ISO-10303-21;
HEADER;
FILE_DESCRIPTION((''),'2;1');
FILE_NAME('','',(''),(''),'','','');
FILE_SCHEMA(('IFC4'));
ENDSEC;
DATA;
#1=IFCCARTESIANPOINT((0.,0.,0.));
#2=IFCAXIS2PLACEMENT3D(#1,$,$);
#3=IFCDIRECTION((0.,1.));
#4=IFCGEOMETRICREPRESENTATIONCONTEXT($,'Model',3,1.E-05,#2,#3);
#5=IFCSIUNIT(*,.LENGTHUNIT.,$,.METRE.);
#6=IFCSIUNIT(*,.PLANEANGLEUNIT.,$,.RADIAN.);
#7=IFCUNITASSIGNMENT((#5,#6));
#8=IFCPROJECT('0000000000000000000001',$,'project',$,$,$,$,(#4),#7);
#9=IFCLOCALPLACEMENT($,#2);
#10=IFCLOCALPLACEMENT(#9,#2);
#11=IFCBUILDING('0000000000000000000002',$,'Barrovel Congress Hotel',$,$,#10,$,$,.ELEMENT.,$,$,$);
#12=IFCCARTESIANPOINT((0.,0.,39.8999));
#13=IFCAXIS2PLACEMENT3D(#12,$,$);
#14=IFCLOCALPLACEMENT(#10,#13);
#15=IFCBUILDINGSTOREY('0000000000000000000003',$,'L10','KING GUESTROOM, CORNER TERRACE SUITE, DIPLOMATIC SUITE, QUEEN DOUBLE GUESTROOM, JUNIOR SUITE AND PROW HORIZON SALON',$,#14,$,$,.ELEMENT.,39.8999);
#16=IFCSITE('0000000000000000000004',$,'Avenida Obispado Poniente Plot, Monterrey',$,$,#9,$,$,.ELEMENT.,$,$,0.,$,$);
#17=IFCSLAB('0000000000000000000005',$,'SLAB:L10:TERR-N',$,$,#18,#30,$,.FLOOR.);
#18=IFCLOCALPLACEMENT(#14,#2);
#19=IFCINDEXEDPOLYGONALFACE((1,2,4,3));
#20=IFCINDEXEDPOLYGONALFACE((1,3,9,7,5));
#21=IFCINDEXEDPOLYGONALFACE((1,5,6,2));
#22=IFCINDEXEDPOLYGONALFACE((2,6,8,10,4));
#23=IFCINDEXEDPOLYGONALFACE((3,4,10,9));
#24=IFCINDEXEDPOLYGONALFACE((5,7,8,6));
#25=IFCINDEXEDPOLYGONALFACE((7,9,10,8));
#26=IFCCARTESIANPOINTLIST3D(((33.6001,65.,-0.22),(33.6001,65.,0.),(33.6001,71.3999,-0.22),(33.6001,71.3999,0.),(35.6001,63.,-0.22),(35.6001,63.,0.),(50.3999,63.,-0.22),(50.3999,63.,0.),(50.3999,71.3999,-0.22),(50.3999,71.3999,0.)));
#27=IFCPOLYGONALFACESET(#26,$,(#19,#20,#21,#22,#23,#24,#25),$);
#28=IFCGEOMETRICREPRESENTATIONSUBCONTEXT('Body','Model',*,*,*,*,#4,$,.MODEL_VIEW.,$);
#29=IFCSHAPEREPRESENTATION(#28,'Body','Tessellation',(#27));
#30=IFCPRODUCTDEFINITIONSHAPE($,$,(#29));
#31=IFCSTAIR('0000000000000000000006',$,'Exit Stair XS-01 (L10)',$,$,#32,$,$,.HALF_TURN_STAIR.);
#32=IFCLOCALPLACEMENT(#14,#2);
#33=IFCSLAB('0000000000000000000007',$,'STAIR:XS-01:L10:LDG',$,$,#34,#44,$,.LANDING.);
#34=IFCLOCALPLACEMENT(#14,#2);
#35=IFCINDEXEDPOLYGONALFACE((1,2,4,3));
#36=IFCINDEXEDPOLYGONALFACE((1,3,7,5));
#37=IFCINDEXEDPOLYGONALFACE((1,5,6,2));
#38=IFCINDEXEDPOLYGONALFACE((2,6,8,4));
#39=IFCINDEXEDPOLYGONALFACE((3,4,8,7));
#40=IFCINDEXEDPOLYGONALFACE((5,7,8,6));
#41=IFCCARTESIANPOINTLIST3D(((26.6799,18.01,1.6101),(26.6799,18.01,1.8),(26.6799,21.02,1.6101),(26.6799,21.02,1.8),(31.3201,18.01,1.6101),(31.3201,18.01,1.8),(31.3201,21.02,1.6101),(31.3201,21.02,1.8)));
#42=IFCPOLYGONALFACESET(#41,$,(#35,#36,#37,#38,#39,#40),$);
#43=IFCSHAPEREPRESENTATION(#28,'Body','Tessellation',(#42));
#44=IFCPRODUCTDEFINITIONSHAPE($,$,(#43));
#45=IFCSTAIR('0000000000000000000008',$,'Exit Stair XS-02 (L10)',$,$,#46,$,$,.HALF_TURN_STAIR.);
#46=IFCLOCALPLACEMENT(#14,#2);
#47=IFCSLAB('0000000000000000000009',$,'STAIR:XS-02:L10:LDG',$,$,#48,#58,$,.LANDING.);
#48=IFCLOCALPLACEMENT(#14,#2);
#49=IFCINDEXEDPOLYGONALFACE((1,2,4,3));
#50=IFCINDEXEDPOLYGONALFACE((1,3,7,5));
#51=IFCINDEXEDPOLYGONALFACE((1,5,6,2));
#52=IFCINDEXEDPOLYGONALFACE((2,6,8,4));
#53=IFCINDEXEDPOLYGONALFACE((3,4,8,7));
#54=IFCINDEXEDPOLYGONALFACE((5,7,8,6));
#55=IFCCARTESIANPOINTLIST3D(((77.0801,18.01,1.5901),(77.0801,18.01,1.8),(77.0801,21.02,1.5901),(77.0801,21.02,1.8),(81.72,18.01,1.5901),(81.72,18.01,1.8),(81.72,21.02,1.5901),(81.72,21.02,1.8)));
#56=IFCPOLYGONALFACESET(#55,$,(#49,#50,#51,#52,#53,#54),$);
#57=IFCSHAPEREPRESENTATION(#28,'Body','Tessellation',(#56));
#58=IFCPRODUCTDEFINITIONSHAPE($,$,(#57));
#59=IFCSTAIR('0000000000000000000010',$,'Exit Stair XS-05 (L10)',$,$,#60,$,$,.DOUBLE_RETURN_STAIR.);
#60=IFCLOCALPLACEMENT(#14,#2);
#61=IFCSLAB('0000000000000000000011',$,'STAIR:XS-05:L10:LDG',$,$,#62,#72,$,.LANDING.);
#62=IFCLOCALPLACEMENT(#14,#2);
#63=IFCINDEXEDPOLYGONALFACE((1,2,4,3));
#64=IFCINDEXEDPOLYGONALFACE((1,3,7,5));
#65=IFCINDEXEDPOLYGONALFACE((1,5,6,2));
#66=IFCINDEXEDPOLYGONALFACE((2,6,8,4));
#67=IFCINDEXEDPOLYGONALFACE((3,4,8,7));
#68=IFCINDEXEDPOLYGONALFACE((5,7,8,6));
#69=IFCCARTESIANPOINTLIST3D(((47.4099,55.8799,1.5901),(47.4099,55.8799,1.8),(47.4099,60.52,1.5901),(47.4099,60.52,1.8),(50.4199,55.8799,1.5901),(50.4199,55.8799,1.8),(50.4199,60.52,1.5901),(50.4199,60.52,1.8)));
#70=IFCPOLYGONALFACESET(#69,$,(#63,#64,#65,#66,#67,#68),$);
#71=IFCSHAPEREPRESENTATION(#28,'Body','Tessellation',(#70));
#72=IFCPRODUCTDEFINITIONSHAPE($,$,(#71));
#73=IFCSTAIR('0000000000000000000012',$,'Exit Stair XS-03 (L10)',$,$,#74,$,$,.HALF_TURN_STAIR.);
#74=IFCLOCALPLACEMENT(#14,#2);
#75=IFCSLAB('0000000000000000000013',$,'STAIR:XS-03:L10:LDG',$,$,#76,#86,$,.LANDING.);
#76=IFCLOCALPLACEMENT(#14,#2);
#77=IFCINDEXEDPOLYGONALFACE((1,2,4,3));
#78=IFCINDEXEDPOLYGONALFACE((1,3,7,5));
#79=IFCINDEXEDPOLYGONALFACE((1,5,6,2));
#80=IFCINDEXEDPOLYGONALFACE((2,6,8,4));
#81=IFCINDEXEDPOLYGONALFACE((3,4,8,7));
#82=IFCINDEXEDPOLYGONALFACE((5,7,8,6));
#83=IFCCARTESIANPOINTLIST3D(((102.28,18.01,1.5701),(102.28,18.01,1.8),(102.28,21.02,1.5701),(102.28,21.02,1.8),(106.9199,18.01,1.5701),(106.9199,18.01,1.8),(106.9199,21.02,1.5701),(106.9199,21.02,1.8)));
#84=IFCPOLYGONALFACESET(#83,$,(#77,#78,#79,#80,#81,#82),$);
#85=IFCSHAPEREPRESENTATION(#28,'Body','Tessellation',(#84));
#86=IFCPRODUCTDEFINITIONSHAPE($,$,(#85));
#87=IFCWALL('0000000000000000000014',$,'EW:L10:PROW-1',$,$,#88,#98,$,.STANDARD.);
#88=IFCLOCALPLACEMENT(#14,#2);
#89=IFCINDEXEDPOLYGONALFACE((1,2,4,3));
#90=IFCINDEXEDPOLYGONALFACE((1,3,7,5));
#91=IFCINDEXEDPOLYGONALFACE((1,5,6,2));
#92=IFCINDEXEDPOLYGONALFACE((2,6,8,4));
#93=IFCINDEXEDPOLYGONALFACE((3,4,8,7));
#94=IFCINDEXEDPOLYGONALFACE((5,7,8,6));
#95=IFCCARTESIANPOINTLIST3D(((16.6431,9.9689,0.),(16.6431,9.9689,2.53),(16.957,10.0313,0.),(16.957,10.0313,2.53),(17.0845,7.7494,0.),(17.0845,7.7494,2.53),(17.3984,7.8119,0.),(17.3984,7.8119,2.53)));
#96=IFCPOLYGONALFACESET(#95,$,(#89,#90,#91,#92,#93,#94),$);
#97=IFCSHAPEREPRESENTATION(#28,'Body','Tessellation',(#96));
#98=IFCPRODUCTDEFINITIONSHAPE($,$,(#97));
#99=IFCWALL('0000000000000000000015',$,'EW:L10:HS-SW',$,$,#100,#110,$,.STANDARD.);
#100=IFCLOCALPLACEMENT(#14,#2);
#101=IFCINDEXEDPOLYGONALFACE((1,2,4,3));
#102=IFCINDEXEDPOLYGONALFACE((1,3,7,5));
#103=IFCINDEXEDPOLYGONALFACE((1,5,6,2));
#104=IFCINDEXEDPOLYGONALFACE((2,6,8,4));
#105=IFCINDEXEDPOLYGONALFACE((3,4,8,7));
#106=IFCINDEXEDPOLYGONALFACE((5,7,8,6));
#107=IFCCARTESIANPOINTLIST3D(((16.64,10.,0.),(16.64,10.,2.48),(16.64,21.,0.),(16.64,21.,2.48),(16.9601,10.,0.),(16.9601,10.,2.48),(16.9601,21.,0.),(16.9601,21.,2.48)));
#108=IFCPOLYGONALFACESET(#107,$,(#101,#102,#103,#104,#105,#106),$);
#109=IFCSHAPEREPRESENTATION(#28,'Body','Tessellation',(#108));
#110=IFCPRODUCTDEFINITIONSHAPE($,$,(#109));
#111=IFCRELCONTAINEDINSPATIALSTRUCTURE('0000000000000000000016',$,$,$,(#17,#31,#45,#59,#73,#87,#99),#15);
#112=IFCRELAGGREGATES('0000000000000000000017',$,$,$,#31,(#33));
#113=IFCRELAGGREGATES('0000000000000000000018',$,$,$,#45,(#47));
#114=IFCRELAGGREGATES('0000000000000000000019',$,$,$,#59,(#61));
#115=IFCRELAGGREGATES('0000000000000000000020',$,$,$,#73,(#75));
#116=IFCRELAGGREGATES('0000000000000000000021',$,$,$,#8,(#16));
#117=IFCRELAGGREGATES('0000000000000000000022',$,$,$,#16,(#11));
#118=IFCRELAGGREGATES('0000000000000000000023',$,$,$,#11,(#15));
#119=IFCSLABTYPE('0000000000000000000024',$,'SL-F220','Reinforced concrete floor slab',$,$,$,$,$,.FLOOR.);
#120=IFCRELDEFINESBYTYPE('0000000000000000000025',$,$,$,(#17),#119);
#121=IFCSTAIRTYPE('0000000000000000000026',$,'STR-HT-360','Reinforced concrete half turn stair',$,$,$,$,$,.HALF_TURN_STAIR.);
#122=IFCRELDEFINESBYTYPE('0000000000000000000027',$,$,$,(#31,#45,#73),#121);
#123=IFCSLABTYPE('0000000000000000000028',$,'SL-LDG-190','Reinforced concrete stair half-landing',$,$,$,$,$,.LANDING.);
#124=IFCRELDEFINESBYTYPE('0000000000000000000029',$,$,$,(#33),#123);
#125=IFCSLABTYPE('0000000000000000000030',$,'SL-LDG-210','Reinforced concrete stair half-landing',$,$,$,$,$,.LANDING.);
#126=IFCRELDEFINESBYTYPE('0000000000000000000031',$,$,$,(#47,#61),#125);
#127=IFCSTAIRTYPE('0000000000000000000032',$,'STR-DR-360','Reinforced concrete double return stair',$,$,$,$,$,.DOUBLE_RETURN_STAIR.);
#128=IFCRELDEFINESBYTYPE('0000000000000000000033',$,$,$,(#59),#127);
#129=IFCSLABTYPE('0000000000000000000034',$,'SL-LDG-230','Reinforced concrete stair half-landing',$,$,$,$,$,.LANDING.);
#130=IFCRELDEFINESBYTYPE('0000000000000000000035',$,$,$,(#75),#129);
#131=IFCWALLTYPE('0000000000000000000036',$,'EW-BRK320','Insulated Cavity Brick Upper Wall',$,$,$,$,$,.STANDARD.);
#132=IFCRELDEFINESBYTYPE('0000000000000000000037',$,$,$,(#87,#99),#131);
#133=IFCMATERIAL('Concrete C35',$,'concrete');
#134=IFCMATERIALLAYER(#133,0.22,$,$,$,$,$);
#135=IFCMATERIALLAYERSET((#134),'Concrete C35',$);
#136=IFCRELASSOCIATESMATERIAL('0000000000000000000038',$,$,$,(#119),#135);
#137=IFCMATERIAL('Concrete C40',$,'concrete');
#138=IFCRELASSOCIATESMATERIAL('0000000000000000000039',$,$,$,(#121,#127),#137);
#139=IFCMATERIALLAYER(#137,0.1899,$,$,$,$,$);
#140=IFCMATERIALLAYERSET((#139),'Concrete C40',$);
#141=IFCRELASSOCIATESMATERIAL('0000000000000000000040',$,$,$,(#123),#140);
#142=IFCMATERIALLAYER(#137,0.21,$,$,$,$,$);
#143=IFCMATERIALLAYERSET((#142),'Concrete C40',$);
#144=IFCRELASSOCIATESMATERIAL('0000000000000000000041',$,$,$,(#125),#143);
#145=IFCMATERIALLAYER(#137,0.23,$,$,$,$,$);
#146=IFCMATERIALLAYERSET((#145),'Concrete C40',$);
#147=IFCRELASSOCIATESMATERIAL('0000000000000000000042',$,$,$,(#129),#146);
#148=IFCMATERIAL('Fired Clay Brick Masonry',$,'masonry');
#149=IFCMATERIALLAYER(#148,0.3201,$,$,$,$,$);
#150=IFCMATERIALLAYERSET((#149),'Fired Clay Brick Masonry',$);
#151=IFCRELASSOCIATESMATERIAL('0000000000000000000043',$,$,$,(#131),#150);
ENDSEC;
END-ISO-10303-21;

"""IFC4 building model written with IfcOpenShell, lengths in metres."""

from ifc_helpers import new_model, si_unit, direction, frame, frame_2d, origin, place, context, subcontext, project, spatial, polyline, rectangle, outline, extrude, material, layer, layer_set, type_object, element, aggregate, save


model = new_model("IFC4")

# Units and contexts
model_context = context("Model", 3, precision=1e-05, world=origin(), true_north=direction((0.0, 1.0)))
body_context = subcontext(model_context, "Body", "Model", "MODEL_VIEW")
ifc_project = project(units=[si_unit("LENGTHUNIT", "METRE"), si_unit("PLANEANGLEUNIT", "RADIAN")], contexts=[model_context])

# Site, building, storey
site_placement = place(None, origin())
site = spatial("IfcSite", under=ifc_project, at=site_placement, Name="Avenida Obispado Poniente Plot, Monterrey", CompositionType="ELEMENT", RefElevation=0.0)
building_placement = place(site_placement, origin())
building = spatial("IfcBuilding", under=site, at=building_placement, Name="Barrovel Congress Hotel", CompositionType="ELEMENT")
storey_placement = place(building_placement, frame((0.0, 0.0, 39.8999)))
storey = spatial("IfcBuildingStorey", under=building, at=storey_placement, Name="L10", Description="KING GUESTROOM, CORNER TERRACE SUITE, DIPLOMATIC SUITE, QUEEN DOUBLE GUESTROOM, JUNIOR SUITE AND PROW HORIZON SALON", CompositionType="ELEMENT", Elevation=39.8999)

# Shared definitions
ifc_material_1 = material(Name="Concrete C40", Category="concrete")

# Slab
ifc_material_2 = material(Name="Concrete C35", Category="concrete")
ifc_layer_1 = layer(ifc_material_2, 0.22)
ifc_layer_set_1 = layer_set([ifc_layer_1], Name="Concrete C35")
slab_type_1 = type_object("IfcSlabType", Name="SL-F220", Description="Reinforced concrete floor slab", PredefinedType="FLOOR", material=ifc_layer_set_1)
slab_1_placement = place(storey_placement, frame((0.0, 0.0, -0.22)))
element("IfcSlab", 1, at=slab_1_placement, inside=storey, type_object=slab_type_1, Name="SLAB:L10:TERR-N", PredefinedType="FLOOR", context=body_context, shape_type="SweptSolid", body=[
    extrude(outline(polyline([(35.6001, 63.0), (50.3999, 63.0), (50.3999, 71.3999), (33.6001, 71.3999), (33.6001, 65.0), (35.6001, 63.0)])), origin(), (0.0, 0.0, 1.0), 0.22),
])

# Stairs, slabs
stair_type_1 = type_object("IfcStairType", Name="STR-HT-360", Description="Reinforced concrete half turn stair", PredefinedType="HALF_TURN_STAIR", material=ifc_material_1)
stair_1_placement = place(storey_placement, origin())
stair_1 = element("IfcStair", 2, at=stair_1_placement, inside=storey, type_object=stair_type_1, Name="Exit Stair XS-01 (L10)", PredefinedType="HALF_TURN_STAIR")
ifc_layer_2 = layer(ifc_material_1, 0.1899)
ifc_layer_set_2 = layer_set([ifc_layer_2], Name="Concrete C40")
slab_type_2 = type_object("IfcSlabType", Name="SL-LDG-190", Description="Reinforced concrete stair half-landing", PredefinedType="LANDING", material=ifc_layer_set_2)
slab_2_placement = place(storey_placement, frame((0.0, 0.0, 1.6101)))
slab_2 = element("IfcSlab", 3, at=slab_2_placement, type_object=slab_type_2, Name="STAIR:XS-01:L10:LDG", PredefinedType="LANDING", context=body_context, shape_type="SweptSolid", body=[
    extrude(outline(polyline([(26.6799, 18.01), (31.3201, 18.01), (31.3201, 21.02), (26.6799, 21.02), (26.6799, 18.01)])), origin(), (0.0, 0.0, 1.0), 0.1899),
])
aggregate(stair_1, [slab_2])
stair_2_placement = place(storey_placement, origin())
stair_2 = element("IfcStair", 4, at=stair_2_placement, inside=storey, type_object=stair_type_1, Name="Exit Stair XS-02 (L10)", PredefinedType="HALF_TURN_STAIR")
ifc_layer_3 = layer(ifc_material_1, 0.21)
ifc_layer_set_3 = layer_set([ifc_layer_3], Name="Concrete C40")
slab_type_3 = type_object("IfcSlabType", Name="SL-LDG-210", Description="Reinforced concrete stair half-landing", PredefinedType="LANDING", material=ifc_layer_set_3)
slab_3_placement = place(storey_placement, frame((0.0, 0.0, 1.5901)))
slab_3 = element("IfcSlab", 5, at=slab_3_placement, type_object=slab_type_3, Name="STAIR:XS-02:L10:LDG", PredefinedType="LANDING", context=body_context, shape_type="SweptSolid", body=[
    extrude(outline(polyline([(77.0801, 18.01), (81.72, 18.01), (81.72, 21.02), (77.0801, 21.02), (77.0801, 18.01)])), origin(), (0.0, 0.0, 1.0), 0.21),
])
aggregate(stair_2, [slab_3])
stair_type_2 = type_object("IfcStairType", Name="STR-DR-360", Description="Reinforced concrete double return stair", PredefinedType="DOUBLE_RETURN_STAIR", material=ifc_material_1)
stair_3_placement = place(storey_placement, origin())
stair_3 = element("IfcStair", 6, at=stair_3_placement, inside=storey, type_object=stair_type_2, Name="Exit Stair XS-05 (L10)", PredefinedType="DOUBLE_RETURN_STAIR")
slab_4_placement = place(storey_placement, frame((0.0, 0.0, 1.5901)))
slab_4 = element("IfcSlab", 7, at=slab_4_placement, type_object=slab_type_3, Name="STAIR:XS-05:L10:LDG", PredefinedType="LANDING", context=body_context, shape_type="SweptSolid", body=[
    extrude(outline(polyline([(47.4099, 55.8799), (50.4199, 55.8799), (50.4199, 60.52), (47.4099, 60.52), (47.4099, 55.8799)])), origin(), (0.0, 0.0, 1.0), 0.21),
])
aggregate(stair_3, [slab_4])
stair_4_placement = place(storey_placement, origin())
stair_4 = element("IfcStair", 8, at=stair_4_placement, inside=storey, type_object=stair_type_1, Name="Exit Stair XS-03 (L10)", PredefinedType="HALF_TURN_STAIR")
ifc_layer_4 = layer(ifc_material_1, 0.23)
ifc_layer_set_4 = layer_set([ifc_layer_4], Name="Concrete C40")
slab_type_4 = type_object("IfcSlabType", Name="SL-LDG-230", Description="Reinforced concrete stair half-landing", PredefinedType="LANDING", material=ifc_layer_set_4)
slab_5_placement = place(storey_placement, frame((0.0, 0.0, 1.5701)))
slab_5 = element("IfcSlab", 9, at=slab_5_placement, type_object=slab_type_4, Name="STAIR:XS-03:L10:LDG", PredefinedType="LANDING", context=body_context, shape_type="SweptSolid", body=[
    extrude(outline(polyline([(102.28, 18.01), (106.9199, 18.01), (106.9199, 21.02), (102.28, 21.02), (102.28, 18.01)])), origin(), (0.0, 0.0, 1.0), 0.23),
])
aggregate(stair_4, [slab_5])

# Walls
ifc_material_3 = material(Name="Fired Clay Brick Masonry", Category="masonry")
ifc_layer_5 = layer(ifc_material_3, 0.3201)
ifc_layer_set_5 = layer_set([ifc_layer_5], Name="Fired Clay Brick Masonry")
wall_type = type_object("IfcWallType", Name="EW-BRK320", Description="Insulated Cavity Brick Upper Wall", PredefinedType="STANDARD", material=ifc_layer_set_5)
wall_1_placement = place(storey_placement, frame((16.8, 10.0, 0.0), z_axis=(0.0, 0.0, 1.0), x_axis=(0.195058, -0.980792, 0.0)))
element("IfcWall", 10, at=wall_1_placement, inside=storey, type_object=wall_type, Name="EW:L10:PROW-1", PredefinedType="STANDARD", context=body_context, shape_type="SweptSolid", body=[
    extrude(rectangle(XDim=2.2629, YDim=0.3201, at=frame_2d((1.1313, 0.0))), origin(), (0.0, 0.0, 1.0), 2.53),
])
wall_2_placement = place(storey_placement, frame((16.8, 21.0, 0.0), z_axis=(0.0, 0.0, 1.0), x_axis=(0.0, -1.0, 0.0)))
element("IfcWall", 11, at=wall_2_placement, inside=storey, type_object=wall_type, Name="EW:L10:HS-SW", PredefinedType="STANDARD", context=body_context, shape_type="SweptSolid", body=[
    extrude(rectangle(XDim=11.0, YDim=0.3201, at=frame_2d((5.5, 0.0))), origin(), (0.0, 0.0, 1.0), 2.48),
])

save(model, "model.ifc")
